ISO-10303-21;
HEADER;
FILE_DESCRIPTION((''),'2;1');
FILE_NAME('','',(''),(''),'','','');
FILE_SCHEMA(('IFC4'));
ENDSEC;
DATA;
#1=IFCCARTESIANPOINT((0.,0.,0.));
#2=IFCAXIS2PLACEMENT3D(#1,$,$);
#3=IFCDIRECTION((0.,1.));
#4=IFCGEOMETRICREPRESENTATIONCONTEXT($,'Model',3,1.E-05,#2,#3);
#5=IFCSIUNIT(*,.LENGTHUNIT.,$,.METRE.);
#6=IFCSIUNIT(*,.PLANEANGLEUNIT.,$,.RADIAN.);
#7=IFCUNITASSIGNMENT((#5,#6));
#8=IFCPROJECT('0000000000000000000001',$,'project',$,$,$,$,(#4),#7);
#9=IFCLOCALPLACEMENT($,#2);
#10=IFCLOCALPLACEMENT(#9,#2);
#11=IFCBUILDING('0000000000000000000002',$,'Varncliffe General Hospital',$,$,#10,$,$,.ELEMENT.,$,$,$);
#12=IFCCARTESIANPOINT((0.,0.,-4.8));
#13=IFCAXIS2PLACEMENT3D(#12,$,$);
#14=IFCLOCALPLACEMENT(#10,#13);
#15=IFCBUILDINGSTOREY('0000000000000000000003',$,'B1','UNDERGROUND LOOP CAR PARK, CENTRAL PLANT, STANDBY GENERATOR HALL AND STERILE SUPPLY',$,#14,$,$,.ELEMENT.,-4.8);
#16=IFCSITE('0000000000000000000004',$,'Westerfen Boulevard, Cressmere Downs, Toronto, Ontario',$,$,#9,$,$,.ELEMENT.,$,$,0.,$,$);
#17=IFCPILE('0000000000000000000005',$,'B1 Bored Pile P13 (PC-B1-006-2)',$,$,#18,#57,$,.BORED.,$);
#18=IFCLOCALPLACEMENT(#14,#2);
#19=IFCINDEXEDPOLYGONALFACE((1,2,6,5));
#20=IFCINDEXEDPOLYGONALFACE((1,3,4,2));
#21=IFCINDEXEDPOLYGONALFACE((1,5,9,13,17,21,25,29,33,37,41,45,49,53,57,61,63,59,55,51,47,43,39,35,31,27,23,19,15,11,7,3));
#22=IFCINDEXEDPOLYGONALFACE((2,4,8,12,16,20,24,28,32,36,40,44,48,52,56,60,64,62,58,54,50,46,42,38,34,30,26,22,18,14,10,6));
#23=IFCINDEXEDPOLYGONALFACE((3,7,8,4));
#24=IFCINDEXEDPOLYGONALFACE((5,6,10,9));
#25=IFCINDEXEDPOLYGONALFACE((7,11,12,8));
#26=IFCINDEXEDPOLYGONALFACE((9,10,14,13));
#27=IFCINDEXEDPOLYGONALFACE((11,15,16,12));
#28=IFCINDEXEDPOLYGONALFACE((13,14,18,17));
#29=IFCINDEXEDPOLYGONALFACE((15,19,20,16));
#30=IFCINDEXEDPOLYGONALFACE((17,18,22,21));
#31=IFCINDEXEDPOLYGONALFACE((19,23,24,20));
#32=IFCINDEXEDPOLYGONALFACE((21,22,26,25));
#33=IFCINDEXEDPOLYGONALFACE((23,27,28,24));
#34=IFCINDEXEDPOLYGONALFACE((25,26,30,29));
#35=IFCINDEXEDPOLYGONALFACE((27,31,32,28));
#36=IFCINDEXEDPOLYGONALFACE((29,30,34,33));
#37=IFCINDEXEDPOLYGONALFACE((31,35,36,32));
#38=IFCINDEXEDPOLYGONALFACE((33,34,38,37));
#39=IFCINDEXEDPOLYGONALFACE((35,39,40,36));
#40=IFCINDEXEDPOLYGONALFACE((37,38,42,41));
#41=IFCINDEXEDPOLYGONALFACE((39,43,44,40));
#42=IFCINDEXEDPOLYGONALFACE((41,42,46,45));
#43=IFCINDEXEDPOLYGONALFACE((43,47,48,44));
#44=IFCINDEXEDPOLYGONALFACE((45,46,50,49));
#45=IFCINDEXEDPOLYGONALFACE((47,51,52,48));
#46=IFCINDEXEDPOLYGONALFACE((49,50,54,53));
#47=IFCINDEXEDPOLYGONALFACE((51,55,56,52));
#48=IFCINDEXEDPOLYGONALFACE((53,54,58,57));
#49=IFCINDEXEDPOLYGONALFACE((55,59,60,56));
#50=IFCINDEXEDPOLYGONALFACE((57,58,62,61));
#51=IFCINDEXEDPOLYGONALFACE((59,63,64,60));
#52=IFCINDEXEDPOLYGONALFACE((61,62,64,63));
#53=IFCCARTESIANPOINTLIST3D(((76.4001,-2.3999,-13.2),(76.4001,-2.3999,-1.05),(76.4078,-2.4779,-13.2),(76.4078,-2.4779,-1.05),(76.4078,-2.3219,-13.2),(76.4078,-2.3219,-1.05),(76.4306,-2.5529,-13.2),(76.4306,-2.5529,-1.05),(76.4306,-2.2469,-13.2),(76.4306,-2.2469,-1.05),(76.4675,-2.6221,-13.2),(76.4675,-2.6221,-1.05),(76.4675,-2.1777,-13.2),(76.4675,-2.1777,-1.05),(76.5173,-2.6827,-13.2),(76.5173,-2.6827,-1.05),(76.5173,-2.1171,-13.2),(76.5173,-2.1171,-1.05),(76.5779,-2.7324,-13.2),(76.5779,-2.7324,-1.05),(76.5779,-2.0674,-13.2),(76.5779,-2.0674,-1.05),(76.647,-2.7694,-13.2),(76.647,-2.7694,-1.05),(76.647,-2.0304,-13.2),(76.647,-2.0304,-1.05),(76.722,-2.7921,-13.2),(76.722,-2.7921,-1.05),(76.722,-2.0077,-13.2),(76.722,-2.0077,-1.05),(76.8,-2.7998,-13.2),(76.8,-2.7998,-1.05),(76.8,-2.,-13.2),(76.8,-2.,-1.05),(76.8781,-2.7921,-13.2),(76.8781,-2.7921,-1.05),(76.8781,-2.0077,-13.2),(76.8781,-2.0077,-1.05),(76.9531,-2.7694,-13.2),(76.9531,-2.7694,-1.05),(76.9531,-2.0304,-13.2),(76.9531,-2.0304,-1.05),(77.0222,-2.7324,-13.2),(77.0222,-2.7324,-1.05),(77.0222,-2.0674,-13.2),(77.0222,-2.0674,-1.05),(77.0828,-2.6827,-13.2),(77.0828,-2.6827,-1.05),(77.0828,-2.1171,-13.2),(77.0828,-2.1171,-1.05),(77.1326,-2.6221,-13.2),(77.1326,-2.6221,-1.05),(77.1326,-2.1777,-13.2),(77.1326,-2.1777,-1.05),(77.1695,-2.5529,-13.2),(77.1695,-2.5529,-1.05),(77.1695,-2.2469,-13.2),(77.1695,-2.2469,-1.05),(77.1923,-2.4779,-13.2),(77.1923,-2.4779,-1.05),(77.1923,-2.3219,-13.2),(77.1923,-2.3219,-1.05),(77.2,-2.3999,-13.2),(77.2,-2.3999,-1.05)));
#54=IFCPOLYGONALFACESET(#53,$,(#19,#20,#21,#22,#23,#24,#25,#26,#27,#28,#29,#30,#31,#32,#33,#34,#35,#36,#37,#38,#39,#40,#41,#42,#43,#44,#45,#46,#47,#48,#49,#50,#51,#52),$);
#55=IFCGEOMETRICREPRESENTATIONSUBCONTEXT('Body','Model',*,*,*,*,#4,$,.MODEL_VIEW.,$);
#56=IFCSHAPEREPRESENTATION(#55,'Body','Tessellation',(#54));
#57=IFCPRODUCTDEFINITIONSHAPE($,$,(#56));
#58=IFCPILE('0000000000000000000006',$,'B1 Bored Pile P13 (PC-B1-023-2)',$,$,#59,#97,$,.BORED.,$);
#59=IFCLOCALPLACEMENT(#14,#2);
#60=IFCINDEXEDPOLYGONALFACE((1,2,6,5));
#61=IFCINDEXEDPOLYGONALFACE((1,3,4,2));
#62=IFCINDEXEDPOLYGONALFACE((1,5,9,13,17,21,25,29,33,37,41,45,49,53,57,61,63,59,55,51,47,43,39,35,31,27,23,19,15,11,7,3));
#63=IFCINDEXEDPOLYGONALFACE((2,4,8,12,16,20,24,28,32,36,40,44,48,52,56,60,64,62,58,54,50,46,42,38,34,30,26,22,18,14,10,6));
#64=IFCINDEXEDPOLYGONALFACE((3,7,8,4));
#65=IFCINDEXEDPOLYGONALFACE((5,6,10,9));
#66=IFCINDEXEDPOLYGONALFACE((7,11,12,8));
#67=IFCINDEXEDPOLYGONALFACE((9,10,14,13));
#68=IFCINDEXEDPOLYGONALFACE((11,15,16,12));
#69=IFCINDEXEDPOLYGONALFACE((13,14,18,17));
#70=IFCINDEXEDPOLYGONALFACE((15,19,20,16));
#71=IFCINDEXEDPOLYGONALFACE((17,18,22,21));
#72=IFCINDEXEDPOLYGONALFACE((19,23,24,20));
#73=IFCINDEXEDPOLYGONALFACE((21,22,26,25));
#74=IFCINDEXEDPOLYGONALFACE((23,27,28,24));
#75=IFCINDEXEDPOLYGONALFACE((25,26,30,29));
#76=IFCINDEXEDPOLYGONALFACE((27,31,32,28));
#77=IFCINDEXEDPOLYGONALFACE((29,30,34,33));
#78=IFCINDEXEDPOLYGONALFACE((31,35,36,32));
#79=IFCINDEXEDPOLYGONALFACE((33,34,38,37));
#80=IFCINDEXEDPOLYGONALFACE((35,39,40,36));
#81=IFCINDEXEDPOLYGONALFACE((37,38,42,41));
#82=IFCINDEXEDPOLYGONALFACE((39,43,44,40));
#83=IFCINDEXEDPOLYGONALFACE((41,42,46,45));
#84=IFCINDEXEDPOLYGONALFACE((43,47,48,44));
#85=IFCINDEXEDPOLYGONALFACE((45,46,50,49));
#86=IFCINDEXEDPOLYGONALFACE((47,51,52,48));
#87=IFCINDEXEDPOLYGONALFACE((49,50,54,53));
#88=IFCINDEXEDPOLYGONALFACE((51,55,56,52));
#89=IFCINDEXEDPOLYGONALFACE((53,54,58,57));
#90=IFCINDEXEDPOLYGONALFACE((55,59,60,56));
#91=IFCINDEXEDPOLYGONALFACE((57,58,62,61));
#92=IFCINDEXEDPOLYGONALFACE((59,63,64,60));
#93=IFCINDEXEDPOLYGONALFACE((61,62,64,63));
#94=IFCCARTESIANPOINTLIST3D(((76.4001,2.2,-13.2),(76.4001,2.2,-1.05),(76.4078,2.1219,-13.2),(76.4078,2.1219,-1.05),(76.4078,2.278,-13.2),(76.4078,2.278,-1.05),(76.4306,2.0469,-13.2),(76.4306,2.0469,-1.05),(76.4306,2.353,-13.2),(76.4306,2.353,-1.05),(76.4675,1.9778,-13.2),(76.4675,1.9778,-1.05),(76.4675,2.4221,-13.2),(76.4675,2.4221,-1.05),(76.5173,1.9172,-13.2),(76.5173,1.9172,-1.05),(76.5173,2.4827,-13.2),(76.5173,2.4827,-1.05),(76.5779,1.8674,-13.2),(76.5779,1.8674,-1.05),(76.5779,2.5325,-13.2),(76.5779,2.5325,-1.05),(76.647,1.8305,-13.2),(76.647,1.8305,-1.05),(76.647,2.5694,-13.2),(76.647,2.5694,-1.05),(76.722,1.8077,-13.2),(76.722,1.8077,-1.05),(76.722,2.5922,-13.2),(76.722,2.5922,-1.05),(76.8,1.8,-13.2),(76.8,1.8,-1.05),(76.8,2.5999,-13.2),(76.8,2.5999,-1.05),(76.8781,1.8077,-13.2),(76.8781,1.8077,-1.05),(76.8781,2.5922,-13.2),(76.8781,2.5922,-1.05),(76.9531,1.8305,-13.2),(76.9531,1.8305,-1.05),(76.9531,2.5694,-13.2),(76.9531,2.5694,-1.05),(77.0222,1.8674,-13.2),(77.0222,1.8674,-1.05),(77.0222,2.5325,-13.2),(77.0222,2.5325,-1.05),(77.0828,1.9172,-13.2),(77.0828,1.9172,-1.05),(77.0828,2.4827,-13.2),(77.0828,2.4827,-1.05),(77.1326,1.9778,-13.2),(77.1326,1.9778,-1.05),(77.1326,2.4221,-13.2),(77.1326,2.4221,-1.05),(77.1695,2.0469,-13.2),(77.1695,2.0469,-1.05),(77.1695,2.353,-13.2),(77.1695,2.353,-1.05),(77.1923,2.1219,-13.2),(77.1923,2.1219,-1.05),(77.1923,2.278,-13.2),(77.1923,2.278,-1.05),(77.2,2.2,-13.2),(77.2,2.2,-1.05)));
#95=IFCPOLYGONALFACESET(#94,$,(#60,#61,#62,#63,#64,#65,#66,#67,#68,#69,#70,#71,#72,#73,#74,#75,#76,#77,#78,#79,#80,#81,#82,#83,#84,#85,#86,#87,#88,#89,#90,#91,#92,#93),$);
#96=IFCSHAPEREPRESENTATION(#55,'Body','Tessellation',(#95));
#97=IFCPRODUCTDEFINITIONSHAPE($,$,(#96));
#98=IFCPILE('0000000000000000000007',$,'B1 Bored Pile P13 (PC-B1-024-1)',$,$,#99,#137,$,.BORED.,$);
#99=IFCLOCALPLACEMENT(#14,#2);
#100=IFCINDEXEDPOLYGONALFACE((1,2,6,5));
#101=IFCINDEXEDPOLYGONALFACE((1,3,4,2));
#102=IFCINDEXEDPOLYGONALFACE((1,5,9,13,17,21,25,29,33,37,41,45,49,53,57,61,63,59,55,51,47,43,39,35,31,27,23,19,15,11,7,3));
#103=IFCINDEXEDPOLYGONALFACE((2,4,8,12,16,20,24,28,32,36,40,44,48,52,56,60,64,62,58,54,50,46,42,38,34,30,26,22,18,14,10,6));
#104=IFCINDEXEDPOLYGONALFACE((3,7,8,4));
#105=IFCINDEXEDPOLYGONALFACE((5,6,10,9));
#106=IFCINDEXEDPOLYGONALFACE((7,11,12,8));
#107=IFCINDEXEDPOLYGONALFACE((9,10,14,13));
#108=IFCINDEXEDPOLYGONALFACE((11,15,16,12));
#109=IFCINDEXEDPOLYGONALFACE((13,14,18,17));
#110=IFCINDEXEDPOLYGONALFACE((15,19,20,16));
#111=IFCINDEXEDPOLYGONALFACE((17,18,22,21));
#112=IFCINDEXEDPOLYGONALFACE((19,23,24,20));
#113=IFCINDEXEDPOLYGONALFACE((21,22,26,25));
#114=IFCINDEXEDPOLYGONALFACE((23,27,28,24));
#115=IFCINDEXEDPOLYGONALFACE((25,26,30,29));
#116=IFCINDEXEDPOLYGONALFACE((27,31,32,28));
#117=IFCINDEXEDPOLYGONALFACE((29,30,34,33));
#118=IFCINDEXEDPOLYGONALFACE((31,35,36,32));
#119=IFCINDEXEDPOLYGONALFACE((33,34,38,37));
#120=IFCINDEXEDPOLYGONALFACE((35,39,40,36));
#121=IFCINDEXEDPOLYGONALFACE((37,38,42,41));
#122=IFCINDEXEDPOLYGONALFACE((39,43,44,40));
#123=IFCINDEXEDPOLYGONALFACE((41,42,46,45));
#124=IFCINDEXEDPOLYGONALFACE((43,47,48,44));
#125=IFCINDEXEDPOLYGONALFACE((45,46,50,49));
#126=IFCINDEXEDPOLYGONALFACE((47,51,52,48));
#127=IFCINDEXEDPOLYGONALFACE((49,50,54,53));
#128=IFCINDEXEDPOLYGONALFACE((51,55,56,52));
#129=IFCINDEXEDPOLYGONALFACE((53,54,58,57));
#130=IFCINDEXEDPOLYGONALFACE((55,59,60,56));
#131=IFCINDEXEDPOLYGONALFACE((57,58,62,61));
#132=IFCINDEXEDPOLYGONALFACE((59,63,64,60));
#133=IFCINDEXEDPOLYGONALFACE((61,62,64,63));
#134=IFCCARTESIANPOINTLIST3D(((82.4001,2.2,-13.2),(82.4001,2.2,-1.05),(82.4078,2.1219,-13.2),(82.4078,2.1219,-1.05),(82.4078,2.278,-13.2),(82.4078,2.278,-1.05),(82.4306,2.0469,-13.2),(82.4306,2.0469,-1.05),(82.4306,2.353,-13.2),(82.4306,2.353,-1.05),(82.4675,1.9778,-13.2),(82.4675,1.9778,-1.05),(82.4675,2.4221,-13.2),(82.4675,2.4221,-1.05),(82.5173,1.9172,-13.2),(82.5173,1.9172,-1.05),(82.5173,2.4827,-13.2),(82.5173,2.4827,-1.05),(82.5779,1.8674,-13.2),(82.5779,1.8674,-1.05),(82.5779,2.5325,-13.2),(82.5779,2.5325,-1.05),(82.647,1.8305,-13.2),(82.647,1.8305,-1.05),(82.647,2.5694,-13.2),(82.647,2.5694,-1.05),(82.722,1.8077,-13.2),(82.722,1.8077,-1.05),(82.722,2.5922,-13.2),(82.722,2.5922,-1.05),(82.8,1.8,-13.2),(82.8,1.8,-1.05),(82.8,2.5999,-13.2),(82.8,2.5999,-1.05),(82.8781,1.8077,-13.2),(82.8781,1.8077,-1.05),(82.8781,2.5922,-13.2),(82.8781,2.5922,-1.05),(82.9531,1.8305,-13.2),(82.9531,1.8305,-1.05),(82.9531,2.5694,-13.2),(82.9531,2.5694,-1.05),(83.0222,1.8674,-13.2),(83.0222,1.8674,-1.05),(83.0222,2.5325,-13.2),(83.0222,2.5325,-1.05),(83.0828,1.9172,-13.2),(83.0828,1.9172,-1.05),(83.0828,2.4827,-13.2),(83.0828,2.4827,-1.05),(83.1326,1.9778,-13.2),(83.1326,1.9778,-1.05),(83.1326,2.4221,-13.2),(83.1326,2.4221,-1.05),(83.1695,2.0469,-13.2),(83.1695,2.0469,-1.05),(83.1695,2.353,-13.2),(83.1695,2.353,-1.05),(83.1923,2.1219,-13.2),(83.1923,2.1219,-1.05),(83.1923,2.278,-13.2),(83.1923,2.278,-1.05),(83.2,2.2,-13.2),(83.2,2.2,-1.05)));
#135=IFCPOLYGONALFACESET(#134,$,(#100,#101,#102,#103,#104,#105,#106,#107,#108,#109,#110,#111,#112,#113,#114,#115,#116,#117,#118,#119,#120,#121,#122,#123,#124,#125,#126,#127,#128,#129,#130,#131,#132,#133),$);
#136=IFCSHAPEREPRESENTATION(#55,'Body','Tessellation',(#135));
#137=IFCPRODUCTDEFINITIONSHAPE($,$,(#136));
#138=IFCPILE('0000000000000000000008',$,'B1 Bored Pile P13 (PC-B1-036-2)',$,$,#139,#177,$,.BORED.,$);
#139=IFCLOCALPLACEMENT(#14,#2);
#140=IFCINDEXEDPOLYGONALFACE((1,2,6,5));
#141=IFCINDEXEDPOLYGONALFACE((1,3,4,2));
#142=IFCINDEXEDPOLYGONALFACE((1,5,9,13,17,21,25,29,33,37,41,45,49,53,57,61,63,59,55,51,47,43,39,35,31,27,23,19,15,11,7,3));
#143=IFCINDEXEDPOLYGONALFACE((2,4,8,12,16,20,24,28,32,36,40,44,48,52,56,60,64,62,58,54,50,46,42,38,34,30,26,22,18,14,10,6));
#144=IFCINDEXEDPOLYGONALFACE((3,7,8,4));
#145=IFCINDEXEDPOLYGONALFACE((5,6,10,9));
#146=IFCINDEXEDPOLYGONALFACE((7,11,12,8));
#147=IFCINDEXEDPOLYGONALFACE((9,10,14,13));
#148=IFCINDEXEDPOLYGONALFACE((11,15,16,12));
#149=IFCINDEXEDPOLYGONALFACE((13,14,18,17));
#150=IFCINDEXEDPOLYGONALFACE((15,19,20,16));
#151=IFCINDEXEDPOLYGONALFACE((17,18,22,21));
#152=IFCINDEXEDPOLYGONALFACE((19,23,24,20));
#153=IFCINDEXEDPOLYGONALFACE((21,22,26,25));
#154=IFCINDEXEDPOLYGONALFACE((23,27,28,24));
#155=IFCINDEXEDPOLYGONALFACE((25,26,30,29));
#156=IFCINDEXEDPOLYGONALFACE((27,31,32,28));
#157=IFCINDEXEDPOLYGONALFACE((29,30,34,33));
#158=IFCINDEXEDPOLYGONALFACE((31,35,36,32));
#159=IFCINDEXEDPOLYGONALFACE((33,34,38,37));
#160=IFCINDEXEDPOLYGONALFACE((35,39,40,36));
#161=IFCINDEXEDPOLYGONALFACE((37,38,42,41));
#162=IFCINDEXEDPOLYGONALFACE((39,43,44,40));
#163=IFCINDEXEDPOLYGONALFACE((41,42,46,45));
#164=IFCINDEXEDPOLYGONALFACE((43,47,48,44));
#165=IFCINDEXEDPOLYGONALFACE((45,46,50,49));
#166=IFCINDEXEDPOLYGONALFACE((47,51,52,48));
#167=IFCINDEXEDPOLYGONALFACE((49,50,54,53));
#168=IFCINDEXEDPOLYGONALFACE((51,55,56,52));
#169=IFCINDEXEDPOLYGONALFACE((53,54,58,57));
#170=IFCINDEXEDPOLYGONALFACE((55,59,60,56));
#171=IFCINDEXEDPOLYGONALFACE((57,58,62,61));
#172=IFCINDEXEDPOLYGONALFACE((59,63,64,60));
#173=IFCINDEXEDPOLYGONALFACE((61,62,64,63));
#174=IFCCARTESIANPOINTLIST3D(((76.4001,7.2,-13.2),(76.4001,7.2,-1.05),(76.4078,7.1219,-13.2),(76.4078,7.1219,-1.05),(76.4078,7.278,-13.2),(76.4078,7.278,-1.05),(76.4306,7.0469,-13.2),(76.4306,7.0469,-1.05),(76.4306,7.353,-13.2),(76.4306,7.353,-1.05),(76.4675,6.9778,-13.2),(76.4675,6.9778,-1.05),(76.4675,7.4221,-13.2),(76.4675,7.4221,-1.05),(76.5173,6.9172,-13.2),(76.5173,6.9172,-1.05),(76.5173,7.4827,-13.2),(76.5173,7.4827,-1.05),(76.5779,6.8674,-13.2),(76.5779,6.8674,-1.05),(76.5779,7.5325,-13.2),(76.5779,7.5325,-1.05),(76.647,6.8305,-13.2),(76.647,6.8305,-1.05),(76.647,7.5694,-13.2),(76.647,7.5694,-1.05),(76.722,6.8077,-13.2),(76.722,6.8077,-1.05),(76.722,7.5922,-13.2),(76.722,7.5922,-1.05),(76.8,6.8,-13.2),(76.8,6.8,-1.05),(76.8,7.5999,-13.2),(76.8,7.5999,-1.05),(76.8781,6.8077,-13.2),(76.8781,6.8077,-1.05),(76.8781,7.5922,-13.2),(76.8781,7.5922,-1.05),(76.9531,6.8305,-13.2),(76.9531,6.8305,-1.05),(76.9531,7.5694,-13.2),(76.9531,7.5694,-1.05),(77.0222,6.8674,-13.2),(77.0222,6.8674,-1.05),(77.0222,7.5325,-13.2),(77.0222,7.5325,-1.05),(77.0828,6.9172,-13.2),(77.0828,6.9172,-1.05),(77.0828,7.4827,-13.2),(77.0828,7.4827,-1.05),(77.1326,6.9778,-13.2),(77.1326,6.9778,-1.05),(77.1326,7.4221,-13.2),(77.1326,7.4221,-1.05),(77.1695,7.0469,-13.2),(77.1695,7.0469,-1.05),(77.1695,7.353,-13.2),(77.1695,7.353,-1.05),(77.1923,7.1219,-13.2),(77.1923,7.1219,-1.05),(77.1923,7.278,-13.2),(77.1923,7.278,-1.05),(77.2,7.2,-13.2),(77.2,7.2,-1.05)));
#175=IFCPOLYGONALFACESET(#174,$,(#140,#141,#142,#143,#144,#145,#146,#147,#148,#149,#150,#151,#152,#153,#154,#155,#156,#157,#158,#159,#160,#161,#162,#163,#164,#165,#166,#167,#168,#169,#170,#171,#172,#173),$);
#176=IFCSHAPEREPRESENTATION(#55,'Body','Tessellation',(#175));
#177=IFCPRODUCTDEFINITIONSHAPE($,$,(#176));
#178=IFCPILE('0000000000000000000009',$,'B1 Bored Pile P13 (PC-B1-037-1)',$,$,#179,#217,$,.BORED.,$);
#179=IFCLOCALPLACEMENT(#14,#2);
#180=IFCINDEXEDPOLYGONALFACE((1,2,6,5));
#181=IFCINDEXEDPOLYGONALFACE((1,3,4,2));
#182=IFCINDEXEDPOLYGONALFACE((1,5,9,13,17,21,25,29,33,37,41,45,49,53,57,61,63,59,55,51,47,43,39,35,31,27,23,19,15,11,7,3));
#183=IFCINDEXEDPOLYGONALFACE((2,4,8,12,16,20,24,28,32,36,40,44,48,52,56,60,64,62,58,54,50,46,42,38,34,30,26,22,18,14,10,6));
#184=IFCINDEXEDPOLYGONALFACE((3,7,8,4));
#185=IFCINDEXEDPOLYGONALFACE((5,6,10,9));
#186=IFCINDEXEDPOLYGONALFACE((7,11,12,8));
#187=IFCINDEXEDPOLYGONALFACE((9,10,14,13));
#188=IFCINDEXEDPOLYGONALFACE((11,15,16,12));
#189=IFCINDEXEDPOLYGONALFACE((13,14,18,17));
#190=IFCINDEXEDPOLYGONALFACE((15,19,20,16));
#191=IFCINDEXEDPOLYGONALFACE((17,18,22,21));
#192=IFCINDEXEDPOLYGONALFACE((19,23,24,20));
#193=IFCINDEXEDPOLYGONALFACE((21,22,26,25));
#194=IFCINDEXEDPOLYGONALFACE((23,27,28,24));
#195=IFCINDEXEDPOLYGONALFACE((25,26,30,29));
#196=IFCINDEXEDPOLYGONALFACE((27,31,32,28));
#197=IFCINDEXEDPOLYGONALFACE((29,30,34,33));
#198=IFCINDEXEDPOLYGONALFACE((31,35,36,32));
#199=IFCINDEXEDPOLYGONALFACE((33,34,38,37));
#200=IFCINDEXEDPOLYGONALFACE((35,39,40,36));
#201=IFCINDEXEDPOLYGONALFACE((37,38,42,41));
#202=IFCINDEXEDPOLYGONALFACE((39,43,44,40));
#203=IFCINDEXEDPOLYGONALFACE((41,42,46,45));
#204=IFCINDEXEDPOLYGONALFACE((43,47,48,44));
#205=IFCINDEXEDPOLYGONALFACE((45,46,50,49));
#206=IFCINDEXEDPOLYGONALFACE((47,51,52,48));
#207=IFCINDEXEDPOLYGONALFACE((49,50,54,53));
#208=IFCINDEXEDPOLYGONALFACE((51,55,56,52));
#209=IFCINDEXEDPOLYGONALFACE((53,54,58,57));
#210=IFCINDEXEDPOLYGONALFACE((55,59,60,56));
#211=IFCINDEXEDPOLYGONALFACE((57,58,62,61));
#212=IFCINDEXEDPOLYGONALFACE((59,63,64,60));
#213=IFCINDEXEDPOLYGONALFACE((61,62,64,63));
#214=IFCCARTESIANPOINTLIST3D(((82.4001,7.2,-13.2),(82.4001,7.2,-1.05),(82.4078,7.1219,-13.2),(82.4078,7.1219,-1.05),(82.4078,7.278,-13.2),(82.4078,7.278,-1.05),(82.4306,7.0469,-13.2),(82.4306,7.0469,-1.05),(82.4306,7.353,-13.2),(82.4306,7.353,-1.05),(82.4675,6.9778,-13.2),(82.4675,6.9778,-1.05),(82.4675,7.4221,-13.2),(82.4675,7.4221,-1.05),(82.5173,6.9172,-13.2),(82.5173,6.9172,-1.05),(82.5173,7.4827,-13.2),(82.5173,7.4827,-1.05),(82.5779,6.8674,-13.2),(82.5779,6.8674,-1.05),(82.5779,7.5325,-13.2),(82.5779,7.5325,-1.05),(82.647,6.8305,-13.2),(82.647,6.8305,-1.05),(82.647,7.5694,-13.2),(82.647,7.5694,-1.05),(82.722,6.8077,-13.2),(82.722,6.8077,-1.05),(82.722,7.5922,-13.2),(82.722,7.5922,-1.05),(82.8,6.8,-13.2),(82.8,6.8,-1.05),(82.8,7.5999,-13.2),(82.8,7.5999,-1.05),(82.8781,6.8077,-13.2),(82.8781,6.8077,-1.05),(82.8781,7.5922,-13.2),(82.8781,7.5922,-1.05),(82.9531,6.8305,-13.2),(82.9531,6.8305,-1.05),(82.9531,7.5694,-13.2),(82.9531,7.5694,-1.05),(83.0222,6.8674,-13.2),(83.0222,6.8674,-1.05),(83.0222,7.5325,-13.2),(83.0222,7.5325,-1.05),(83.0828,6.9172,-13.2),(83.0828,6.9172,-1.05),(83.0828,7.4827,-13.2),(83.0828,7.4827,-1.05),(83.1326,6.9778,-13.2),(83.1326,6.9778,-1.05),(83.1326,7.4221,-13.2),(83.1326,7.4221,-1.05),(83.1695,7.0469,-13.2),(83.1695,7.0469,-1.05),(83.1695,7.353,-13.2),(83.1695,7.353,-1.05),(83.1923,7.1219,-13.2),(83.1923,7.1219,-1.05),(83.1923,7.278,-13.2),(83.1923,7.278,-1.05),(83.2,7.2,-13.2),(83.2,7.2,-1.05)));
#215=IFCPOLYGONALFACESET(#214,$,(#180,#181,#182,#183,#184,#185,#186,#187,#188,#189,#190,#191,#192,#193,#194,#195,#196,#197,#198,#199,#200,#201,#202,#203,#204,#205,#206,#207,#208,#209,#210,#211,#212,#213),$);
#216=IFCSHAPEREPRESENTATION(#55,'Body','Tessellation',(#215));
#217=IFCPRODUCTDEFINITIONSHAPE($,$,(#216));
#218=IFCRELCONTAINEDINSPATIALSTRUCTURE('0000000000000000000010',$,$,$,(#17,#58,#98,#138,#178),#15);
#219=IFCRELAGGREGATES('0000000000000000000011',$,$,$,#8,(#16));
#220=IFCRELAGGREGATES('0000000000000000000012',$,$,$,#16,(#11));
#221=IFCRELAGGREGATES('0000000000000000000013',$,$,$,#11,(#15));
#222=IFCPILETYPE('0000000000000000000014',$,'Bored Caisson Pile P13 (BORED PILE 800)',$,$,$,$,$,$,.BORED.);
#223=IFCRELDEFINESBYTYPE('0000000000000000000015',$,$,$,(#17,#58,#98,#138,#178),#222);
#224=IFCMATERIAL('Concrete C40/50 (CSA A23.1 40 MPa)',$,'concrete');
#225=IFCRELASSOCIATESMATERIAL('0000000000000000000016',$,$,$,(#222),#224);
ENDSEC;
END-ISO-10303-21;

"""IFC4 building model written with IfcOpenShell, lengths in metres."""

from ifc_helpers import new_model, si_unit, direction, frame, origin, origin_2d, place, context, subcontext, project, spatial, circle, extrude, material, material_profile, profile_set, type_object, element, save


model = new_model("IFC4")

# Units and contexts
model_context = context("Model", 3, precision=1e-05, world=origin(), true_north=direction((0.0, 1.0)))
body_context = subcontext(model_context, "Body", "Model", "MODEL_VIEW")
ifc_project = project(units=[si_unit("LENGTHUNIT", "METRE"), si_unit("PLANEANGLEUNIT", "RADIAN")], contexts=[model_context])

# Site, building, storey
site_placement = place(None, origin())
site = spatial("IfcSite", under=ifc_project, at=site_placement, Name="Westerfen Boulevard, Cressmere Downs, Toronto, Ontario", CompositionType="ELEMENT", RefElevation=0.0)
building_placement = place(site_placement, origin())
building = spatial("IfcBuilding", under=site, at=building_placement, Name="Varncliffe General Hospital", CompositionType="ELEMENT")
storey_placement = place(building_placement, frame((0.0, 0.0, -4.8)))
storey = spatial("IfcBuildingStorey", under=building, at=storey_placement, Name="B1", Description="UNDERGROUND LOOP CAR PARK, CENTRAL PLANT, STANDBY GENERATOR HALL AND STERILE SUPPLY", CompositionType="ELEMENT", Elevation=-4.8)

# Piles
ifc_material_1 = material(Name="Concrete C40/50 (CSA A23.1 40 MPa)", Category="concrete")
ifc_material_profile_1 = material_profile(ifc_material_1, circle(Radius=0.3999, at=origin_2d()), Name="BORED PILE 800")
ifc_profile_set_1 = profile_set([ifc_material_profile_1], Name="Concrete C40/50 (CSA A23.1 40 MPa)")
pile_type = type_object("IfcPileType", Name="Bored Caisson Pile P13 (BORED PILE 800)", PredefinedType="BORED", material=ifc_profile_set_1)
for number, where, z_axis, x_axis, name in (
    (1, (76.8, -2.3999, -1.05), (0.0, 0.0, -1.0), (1.0, 0.0, 0.0), "B1 Bored Pile P13 (PC-B1-006-2)"),
    (2, (76.8, 2.2, -1.05), (0.0, 0.0, -1.0), (1.0, 0.0, 0.0), "B1 Bored Pile P13 (PC-B1-023-2)"),
    (3, (82.8, 2.2, -1.05), (0.0, 0.0, -1.0), (1.0, 0.0, 0.0), "B1 Bored Pile P13 (PC-B1-024-1)"),
    (4, (76.8, 7.2, -1.05), (0.0, 0.0, -1.0), (1.0, 0.0, 0.0), "B1 Bored Pile P13 (PC-B1-036-2)"),
    (5, (82.8, 7.2, -1.05), (0.0, 0.0, -1.0), (1.0, 0.0, 0.0), "B1 Bored Pile P13 (PC-B1-037-1)"),
):
    element("IfcPile", number, at=place(storey_placement, frame(where, z_axis=z_axis, x_axis=x_axis)), inside=storey, type_object=pile_type, Name=name, PredefinedType="BORED", context=body_context, shape_type="SweptSolid", body=[
        extrude(circle(Radius=0.3999, at=origin_2d()), origin(), (0.0, 0.0, 1.0), 12.1499),
    ])

save(model, "model.ifc")
